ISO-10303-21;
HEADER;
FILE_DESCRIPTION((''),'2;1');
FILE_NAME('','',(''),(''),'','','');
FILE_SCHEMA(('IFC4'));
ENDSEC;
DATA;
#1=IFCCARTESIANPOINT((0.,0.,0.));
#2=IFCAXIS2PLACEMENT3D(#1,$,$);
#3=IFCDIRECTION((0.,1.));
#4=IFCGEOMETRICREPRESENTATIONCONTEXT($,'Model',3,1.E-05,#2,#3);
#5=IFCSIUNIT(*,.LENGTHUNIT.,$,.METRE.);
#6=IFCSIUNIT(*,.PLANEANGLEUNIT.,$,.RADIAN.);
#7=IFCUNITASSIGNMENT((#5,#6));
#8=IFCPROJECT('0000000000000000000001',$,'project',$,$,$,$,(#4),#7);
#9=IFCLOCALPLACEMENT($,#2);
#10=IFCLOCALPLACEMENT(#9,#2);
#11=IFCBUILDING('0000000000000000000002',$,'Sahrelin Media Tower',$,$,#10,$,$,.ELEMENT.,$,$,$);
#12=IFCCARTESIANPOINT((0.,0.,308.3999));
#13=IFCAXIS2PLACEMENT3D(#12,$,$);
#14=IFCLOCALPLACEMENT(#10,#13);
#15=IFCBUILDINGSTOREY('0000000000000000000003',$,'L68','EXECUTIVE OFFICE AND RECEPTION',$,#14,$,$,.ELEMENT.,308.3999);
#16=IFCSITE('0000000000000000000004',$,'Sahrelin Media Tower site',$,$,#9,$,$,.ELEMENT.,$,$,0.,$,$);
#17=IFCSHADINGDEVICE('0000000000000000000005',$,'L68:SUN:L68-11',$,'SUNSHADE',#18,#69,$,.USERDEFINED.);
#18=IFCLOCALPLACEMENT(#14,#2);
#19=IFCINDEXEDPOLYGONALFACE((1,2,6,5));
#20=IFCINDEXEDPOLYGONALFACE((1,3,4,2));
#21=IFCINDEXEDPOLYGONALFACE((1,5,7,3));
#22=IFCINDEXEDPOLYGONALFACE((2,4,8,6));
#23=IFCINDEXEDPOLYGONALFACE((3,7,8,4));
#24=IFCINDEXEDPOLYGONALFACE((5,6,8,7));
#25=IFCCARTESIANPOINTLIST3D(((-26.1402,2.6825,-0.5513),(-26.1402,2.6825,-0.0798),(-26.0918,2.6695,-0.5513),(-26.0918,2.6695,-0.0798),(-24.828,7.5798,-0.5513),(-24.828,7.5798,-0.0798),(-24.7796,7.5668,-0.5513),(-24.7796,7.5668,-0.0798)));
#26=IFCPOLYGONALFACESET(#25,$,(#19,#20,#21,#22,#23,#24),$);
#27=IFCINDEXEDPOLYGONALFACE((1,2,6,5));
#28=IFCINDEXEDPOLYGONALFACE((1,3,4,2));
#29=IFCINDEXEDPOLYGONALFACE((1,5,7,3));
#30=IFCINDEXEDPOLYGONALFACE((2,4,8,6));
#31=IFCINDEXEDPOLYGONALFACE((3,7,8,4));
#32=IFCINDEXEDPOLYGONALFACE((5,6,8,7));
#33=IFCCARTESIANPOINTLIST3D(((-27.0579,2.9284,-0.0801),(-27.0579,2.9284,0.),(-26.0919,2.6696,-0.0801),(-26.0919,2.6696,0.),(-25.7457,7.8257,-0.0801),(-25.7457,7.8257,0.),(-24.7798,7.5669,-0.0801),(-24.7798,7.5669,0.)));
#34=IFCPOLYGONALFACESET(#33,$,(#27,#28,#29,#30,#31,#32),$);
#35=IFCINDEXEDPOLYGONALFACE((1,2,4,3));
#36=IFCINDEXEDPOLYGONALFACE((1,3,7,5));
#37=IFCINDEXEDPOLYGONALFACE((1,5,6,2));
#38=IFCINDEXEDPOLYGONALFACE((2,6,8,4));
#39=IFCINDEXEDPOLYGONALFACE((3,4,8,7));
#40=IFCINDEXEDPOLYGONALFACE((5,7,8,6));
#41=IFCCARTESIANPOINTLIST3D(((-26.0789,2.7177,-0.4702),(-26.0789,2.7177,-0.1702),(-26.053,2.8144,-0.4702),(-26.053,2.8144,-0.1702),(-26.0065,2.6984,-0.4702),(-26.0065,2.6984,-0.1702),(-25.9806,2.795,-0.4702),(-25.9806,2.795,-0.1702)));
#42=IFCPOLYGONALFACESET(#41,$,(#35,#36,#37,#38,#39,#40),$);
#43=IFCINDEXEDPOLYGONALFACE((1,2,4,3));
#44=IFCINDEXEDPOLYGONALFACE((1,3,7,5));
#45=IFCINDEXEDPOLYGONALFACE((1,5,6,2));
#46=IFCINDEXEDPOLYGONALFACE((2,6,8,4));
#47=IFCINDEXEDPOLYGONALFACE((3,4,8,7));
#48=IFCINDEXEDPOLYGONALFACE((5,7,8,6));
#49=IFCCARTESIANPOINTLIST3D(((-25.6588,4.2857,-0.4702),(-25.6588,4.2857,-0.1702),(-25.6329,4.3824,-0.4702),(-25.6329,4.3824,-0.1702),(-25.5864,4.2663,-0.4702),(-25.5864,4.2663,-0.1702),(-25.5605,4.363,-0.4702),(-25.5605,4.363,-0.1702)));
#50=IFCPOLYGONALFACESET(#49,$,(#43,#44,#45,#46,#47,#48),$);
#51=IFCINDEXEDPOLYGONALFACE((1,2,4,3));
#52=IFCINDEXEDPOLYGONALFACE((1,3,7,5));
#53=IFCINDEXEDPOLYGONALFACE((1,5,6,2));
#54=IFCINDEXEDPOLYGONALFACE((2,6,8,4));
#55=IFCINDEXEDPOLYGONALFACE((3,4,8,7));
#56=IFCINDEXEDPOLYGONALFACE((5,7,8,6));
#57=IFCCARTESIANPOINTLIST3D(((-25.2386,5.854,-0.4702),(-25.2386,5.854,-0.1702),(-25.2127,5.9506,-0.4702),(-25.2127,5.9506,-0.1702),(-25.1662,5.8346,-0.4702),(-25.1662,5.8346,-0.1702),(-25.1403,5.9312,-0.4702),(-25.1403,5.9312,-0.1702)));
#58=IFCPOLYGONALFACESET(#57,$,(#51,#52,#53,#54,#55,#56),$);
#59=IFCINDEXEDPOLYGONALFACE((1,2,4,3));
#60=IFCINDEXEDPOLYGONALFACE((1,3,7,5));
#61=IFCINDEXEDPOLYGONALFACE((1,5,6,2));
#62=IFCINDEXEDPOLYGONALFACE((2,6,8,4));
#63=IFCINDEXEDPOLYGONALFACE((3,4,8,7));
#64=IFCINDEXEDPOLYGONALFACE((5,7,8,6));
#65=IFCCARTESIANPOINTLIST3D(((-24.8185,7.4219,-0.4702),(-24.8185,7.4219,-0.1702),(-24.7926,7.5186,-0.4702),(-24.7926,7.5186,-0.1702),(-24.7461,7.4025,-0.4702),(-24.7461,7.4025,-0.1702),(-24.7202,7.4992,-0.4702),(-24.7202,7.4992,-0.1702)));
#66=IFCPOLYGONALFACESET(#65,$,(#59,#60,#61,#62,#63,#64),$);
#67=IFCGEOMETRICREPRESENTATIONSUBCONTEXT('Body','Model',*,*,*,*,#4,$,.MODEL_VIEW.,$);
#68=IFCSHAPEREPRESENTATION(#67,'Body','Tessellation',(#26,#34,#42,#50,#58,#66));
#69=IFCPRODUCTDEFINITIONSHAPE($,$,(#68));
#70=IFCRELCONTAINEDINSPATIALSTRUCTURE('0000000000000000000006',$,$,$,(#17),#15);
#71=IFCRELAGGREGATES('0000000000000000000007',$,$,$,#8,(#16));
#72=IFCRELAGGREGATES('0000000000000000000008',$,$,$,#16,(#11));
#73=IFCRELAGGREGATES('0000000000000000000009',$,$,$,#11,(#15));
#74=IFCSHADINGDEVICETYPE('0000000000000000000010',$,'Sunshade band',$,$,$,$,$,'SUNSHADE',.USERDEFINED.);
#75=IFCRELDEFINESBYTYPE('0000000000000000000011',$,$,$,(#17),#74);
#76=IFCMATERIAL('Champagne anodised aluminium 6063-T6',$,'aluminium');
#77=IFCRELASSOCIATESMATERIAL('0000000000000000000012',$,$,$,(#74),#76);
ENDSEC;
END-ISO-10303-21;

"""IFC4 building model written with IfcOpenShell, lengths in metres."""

from ifc_helpers import new_model, si_unit, direction, frame, origin, origin_2d, place, context, subcontext, project, spatial, rectangle, extrude, material, type_object, element, save


model = new_model("IFC4")

# Units and contexts
model_context = context("Model", 3, precision=1e-05, world=origin(), true_north=direction((0.0, 1.0)))
body_context = subcontext(model_context, "Body", "Model", "MODEL_VIEW")
ifc_project = project(units=[si_unit("LENGTHUNIT", "METRE"), si_unit("PLANEANGLEUNIT", "RADIAN")], contexts=[model_context])

# Site, building, storey
site_placement = place(None, origin())
site = spatial("IfcSite", under=ifc_project, at=site_placement, Name="Sahrelin Media Tower site", CompositionType="ELEMENT", RefElevation=0.0)
building_placement = place(site_placement, origin())
building = spatial("IfcBuilding", under=site, at=building_placement, Name="Sahrelin Media Tower", CompositionType="ELEMENT")
storey_placement = place(building_placement, frame((0.0, 0.0, 308.3999)))
storey = spatial("IfcBuildingStorey", under=building, at=storey_placement, Name="L68", Description="EXECUTIVE OFFICE AND RECEPTION", CompositionType="ELEMENT", Elevation=308.3999)

# Shared definitions
ifc_material_1 = material(Name="Champagne anodised aluminium 6063-T6", Category="aluminium")

# Shading device
placement = place(storey_placement, frame((-25.4165, 5.113, 0.0), z_axis=(0.0, 0.0, 1.0), x_axis=(0.258808, 0.965929, 0.0)))
shading_device_type_1 = type_object("IfcShadingDeviceType", Name="Sunshade band", ElementType="SUNSHADE", PredefinedType="USERDEFINED", material=ifc_material_1)
element("IfcShadingDevice", 1, at=placement, inside=storey, type_object=shading_device_type_1, Name="L68:SUN:L68-11", ObjectType="SUNSHADE", PredefinedType="USERDEFINED", context=body_context, shape_type="SweptSolid", body=[
    extrude(rectangle(XDim=5.0701, YDim=0.05, at=origin_2d()), frame((0.0, 0.0449, -0.5513)), (0.0, 0.0, 1.0), 0.4714),
    extrude(rectangle(XDim=5.0701, YDim=1.0, at=origin_2d()), frame((0.0, 0.52, -0.0801)), (0.0, 0.0, 1.0), 0.0801),
    extrude(rectangle(XDim=0.1001, YDim=0.075, at=origin_2d()), frame((-2.4351, -0.0176, -0.4702)), (0.0, 0.0, 1.0), 0.3),
    extrude(rectangle(XDim=0.1001, YDim=0.075, at=origin_2d()), frame((-0.8118, -0.0176, -0.4702)), (0.0, 0.0, 1.0), 0.3),
    extrude(rectangle(XDim=0.1001, YDim=0.075, at=origin_2d()), frame((0.8118, -0.0176, -0.4702)), (0.0, 0.0, 1.0), 0.3),
    extrude(rectangle(XDim=0.1001, YDim=0.075, at=origin_2d()), frame((2.4351, -0.0176, -0.4702)), (0.0, 0.0, 1.0), 0.3),
])

save(model, "model.ifc")
